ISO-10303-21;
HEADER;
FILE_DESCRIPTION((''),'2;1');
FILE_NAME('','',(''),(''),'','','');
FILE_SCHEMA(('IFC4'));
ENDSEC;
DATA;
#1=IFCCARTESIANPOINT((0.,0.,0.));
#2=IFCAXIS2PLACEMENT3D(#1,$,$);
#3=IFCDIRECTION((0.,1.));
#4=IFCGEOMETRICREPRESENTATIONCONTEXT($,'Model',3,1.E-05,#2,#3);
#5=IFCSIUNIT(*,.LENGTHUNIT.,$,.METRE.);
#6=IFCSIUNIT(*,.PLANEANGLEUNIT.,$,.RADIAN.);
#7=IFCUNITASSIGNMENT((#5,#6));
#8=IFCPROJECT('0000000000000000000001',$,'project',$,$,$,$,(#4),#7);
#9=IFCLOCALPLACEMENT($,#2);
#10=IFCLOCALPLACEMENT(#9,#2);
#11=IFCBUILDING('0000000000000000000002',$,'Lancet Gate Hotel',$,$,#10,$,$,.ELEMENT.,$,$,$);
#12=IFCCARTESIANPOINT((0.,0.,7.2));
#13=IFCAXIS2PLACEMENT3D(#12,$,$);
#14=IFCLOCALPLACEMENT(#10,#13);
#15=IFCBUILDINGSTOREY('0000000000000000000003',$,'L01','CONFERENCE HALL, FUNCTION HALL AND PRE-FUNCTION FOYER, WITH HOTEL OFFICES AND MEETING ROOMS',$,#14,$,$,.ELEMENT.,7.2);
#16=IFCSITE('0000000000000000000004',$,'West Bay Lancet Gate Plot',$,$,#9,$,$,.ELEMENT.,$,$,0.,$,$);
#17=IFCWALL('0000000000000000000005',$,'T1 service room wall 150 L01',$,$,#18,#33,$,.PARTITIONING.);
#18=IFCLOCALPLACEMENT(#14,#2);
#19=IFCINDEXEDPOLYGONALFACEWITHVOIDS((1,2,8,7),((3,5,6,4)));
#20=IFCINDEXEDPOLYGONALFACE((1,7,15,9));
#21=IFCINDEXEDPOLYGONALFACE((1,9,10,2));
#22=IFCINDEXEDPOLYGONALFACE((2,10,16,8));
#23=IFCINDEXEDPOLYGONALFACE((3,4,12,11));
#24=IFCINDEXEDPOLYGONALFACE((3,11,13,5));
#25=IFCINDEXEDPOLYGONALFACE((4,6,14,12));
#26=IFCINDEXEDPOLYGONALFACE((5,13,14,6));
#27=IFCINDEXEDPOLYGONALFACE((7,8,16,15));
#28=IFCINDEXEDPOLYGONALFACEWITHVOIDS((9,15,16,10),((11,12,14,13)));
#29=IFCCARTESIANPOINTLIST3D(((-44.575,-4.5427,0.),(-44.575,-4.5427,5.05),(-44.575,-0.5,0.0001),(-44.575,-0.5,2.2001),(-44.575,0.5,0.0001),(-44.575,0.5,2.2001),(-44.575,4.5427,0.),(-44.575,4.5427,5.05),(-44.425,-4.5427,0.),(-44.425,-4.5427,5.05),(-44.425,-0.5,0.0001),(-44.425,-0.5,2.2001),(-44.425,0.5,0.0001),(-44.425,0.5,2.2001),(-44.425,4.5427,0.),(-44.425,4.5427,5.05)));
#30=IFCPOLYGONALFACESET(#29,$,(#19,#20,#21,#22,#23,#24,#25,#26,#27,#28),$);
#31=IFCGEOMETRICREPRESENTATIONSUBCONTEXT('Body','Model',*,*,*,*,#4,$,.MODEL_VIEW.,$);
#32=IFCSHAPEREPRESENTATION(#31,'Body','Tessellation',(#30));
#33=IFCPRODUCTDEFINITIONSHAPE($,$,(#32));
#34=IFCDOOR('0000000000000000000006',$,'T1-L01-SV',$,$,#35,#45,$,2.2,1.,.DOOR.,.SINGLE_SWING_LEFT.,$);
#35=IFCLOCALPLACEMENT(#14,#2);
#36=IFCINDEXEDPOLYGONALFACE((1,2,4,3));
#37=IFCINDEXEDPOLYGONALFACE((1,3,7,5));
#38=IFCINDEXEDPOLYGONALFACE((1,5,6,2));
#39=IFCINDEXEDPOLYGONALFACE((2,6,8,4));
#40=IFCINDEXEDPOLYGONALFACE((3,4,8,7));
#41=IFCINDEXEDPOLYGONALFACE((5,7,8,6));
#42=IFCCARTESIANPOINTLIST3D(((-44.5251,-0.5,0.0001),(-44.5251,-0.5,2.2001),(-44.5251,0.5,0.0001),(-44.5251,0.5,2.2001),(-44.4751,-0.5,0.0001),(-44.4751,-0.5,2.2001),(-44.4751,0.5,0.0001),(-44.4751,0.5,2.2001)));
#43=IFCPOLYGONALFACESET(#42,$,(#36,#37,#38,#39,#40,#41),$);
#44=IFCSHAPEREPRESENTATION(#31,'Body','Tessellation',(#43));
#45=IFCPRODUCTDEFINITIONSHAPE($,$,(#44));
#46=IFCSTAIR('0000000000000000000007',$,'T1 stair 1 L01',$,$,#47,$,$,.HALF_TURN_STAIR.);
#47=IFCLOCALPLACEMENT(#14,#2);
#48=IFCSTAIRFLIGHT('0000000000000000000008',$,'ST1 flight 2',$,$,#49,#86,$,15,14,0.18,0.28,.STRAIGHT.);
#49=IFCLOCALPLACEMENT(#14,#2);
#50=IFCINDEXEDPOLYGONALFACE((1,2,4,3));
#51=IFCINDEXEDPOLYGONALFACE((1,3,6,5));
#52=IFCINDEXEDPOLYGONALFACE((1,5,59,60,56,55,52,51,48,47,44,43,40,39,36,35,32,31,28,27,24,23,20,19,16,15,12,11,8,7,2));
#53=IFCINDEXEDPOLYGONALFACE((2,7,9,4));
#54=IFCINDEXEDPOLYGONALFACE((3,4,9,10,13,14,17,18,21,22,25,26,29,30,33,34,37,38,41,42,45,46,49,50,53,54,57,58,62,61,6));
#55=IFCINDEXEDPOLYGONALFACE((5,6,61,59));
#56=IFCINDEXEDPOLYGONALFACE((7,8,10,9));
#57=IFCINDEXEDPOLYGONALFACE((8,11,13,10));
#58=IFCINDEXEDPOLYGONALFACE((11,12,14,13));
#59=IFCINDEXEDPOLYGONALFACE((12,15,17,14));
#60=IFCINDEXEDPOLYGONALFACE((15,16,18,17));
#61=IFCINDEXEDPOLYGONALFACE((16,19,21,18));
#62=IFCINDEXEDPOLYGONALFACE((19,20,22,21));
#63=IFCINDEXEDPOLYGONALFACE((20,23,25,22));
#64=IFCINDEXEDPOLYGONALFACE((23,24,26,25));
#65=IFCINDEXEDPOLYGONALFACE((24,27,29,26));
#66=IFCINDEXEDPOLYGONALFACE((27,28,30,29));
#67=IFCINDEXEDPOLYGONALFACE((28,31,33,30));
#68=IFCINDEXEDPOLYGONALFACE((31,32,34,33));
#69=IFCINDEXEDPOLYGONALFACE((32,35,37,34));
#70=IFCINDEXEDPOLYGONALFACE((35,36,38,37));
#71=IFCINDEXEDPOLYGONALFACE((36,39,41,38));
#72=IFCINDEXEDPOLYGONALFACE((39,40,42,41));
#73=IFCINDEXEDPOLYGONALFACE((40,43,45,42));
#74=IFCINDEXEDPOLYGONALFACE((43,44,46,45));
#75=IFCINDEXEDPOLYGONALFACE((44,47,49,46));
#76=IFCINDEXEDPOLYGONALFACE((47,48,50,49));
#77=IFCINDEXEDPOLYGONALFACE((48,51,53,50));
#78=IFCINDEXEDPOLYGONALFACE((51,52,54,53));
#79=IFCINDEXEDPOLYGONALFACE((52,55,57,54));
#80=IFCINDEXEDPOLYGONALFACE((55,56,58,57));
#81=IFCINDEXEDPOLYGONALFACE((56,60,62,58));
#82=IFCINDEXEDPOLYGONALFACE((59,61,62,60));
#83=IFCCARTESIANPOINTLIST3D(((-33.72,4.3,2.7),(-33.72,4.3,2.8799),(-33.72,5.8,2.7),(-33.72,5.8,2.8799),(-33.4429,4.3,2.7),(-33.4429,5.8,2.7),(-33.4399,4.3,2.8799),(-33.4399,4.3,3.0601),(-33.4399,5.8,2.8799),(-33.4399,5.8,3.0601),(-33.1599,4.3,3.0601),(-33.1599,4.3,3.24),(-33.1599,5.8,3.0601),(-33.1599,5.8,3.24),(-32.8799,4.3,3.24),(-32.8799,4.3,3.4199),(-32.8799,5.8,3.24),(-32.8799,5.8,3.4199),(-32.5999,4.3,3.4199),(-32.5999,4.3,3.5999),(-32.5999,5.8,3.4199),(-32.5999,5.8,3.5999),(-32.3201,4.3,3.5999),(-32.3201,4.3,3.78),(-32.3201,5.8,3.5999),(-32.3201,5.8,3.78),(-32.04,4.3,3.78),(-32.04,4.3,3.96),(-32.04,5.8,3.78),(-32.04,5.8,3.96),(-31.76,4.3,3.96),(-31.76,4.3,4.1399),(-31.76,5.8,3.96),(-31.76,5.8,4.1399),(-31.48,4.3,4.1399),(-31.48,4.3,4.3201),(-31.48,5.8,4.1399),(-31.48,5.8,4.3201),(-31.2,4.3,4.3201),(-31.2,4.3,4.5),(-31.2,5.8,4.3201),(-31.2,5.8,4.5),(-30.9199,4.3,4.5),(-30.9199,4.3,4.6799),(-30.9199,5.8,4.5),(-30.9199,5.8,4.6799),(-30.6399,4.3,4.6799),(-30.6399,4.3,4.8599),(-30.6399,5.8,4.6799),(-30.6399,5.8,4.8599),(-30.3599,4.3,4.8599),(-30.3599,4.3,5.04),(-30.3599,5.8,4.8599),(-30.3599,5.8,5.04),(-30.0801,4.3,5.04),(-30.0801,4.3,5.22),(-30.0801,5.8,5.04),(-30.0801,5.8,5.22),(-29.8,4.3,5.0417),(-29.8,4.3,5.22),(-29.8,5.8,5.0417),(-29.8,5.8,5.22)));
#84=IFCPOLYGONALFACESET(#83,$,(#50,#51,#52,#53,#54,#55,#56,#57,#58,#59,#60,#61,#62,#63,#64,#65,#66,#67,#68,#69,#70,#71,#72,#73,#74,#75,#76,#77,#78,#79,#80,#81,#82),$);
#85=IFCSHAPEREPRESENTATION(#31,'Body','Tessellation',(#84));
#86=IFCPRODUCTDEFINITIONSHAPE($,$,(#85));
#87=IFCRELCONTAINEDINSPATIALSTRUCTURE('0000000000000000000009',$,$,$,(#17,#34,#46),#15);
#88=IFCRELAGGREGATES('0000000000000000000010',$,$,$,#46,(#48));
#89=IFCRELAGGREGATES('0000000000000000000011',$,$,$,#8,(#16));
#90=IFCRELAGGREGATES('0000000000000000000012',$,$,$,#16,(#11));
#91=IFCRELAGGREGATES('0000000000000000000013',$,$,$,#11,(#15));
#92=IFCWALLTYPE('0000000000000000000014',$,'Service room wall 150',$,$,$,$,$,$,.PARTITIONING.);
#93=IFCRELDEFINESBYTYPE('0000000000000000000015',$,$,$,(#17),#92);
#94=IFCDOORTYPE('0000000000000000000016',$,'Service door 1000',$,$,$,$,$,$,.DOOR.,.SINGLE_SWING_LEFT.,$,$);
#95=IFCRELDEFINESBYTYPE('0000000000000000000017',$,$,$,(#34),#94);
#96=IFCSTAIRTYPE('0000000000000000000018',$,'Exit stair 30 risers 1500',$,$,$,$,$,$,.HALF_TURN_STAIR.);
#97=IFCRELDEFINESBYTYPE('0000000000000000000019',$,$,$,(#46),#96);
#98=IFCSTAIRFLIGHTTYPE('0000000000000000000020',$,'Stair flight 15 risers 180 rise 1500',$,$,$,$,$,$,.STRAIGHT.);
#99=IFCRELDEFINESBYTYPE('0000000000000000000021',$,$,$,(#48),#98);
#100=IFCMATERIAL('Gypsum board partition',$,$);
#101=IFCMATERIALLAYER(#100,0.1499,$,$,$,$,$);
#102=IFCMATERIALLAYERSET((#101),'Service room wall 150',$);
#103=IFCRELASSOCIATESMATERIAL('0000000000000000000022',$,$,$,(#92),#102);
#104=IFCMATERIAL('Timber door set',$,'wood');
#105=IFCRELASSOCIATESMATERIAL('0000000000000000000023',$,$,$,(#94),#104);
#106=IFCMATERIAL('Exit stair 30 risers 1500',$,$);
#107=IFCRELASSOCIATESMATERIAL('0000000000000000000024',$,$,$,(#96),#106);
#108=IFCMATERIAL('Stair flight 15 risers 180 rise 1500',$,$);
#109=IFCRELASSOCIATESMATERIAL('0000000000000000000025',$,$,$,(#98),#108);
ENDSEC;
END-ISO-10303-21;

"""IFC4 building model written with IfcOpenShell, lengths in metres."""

from ifc_helpers import new_model, si_unit, direction, frame, frame_2d, origin, place, context, subcontext, project, spatial, polyline, rectangle, outline, extrude, material, layer, layer_set, type_object, element, fill, aggregate, save


model = new_model("IFC4")

# Units and contexts
model_context = context("Model", 3, precision=1e-05, world=origin(), true_north=direction((0.0, 1.0)))
body_context = subcontext(model_context, "Body", "Model", "MODEL_VIEW")
ifc_project = project(units=[si_unit("LENGTHUNIT", "METRE"), si_unit("PLANEANGLEUNIT", "RADIAN")], contexts=[model_context])

# Site, building, storey
site_placement = place(None, origin())
site = spatial("IfcSite", under=ifc_project, at=site_placement, Name="West Bay Lancet Gate Plot", CompositionType="ELEMENT", RefElevation=0.0)
building_placement = place(site_placement, origin())
building = spatial("IfcBuilding", under=site, at=building_placement, Name="Lancet Gate Hotel", CompositionType="ELEMENT")
storey_placement = place(building_placement, frame((0.0, 0.0, 7.2)))
storey = spatial("IfcBuildingStorey", under=building, at=storey_placement, Name="L01", Description="CONFERENCE HALL, FUNCTION HALL AND PRE-FUNCTION FOYER, WITH HOTEL OFFICES AND MEETING ROOMS", CompositionType="ELEMENT", Elevation=7.2)

# Shared definitions
ifc_material_1 = material(Name="Gypsum board partition")
ifc_layer_1 = layer(ifc_material_1, 0.1499)
ifc_layer_set_1 = layer_set([ifc_layer_1], Name="Service room wall 150")
wall_type_1 = type_object("IfcWallType", Name="Service room wall 150", PredefinedType="PARTITIONING", material=ifc_layer_set_1)

# Wall, opening, door
wall_1_placement = place(storey_placement, frame((-44.5, 4.5427, 0.0), z_axis=(0.0, 0.0, 1.0), x_axis=(0.0, -1.0, 0.0)))
wall_1 = element("IfcWall", 1, at=wall_1_placement, inside=storey, type_object=wall_type_1, Name="T1 service room wall 150 L01", PredefinedType="PARTITIONING", context=body_context, shape_type="SweptSolid", body=[
    extrude(rectangle(XDim=9.0854, YDim=0.1499, at=frame_2d((4.5427, 0.0))), origin(), (0.0, 0.0, 1.0), 5.05),
])
opening_1_placement = place(wall_1_placement, frame((4.0427, 0.0, 0.0)))
opening_1 = element("IfcOpeningElement", 2, at=opening_1_placement, cuts=wall_1, PredefinedType="OPENING", context=body_context, shape_type="SweptSolid", body=[
    extrude(rectangle(XDim=1.0, YDim=2.2, at=frame_2d((0.5, 1.1001))), frame((0.0, 0.085, 0.0), z_axis=(0.0, -1.0, 0.0), x_axis=(1.0, 0.0, 0.0)), (0.0, 0.0, 1.0), 0.1699),
])
ifc_material_2 = material(Name="Timber door set", Category="wood")
door_type_1 = type_object("IfcDoorType", Name="Service door 1000", OperationType="SINGLE_SWING_LEFT", PredefinedType="DOOR", material=ifc_material_2)
door_1_placement = place(opening_1_placement, origin())
door_1 = element("IfcDoor", 3, at=door_1_placement, inside=storey, type_object=door_type_1, Name="T1-L01-SV", OperationType="SINGLE_SWING_LEFT", OverallHeight=2.2, OverallWidth=1.0, PredefinedType="DOOR", context=body_context, shape_type="SweptSolid", body=[
    extrude(rectangle(XDim=1.0, YDim=2.2, at=frame_2d((0.5, 1.1001))), frame((0.0, 0.0249, 0.0), z_axis=(0.0, -1.0, 0.0), x_axis=(1.0, 0.0, 0.0)), (0.0, 0.0, 1.0), 0.05),
])
fill(opening_1, door_1)

# Stair, stair flight
ifc_material_3 = material(Name="Exit stair 30 risers 1500")
stair_type = type_object("IfcStairType", Name="Exit stair 30 risers 1500", PredefinedType="HALF_TURN_STAIR", material=ifc_material_3)
stair_placement = place(storey_placement, origin())
stair = element("IfcStair", 4, at=stair_placement, inside=storey, type_object=stair_type, Name="T1 stair 1 L01", PredefinedType="HALF_TURN_STAIR")
ifc_material_4 = material(Name="Stair flight 15 risers 180 rise 1500")
stair_flight_type = type_object("IfcStairFlightType", Name="Stair flight 15 risers 180 rise 1500", PredefinedType="STRAIGHT", material=ifc_material_4)
stair_flight_placement = place(storey_placement, frame((-33.72, 5.05, 2.7), z_axis=(0.0, 0.0, 1.0), x_axis=(1.0, 0.0, 0.0)))
stair_flight = element("IfcStairFlight", 5, at=stair_flight_placement, type_object=stair_flight_type, Name="ST1 flight 2", NumberOfRisers=15, NumberOfTreads=14, PredefinedType="STRAIGHT", RiserHeight=0.18, TreadLength=0.28, context=body_context, shape_type="SweptSolid", body=[
    extrude(outline(polyline([(0.0, 0.0), (0.0, 0.1799), (0.28, 0.1799), (0.28, 0.3601), (0.5601, 0.3601), (0.5601, 0.54), (0.8401, 0.54), (0.8401, 0.72), (1.1201, 0.72), (1.1201, 0.8999), (1.3999, 0.8999), (1.3999, 1.0801), (1.6799, 1.0801), (1.6799, 1.26), (1.96, 1.26), (1.96, 1.4399), (2.24, 1.4399), (2.24, 1.6201), (2.52, 1.6201), (2.52, 1.8), (2.8, 1.8), (2.8, 1.98), (3.0801, 1.98), (3.0801, 2.1599), (3.3601, 2.1599), (3.3601, 2.3401), (3.6399, 2.3401), (3.6399, 2.52), (3.9199, 2.52), (3.9199, 2.7), (3.9199, 2.3418), (0.2771, 0.0), (0.0, 0.0)])), frame((0.0, 0.75, 0.0), z_axis=(0.0, -1.0, 0.0), x_axis=(1.0, 0.0, 0.0)), (0.0, 0.0, 1.0), 1.5),
])
aggregate(stair, [stair_flight])

save(model, "model.ifc")
